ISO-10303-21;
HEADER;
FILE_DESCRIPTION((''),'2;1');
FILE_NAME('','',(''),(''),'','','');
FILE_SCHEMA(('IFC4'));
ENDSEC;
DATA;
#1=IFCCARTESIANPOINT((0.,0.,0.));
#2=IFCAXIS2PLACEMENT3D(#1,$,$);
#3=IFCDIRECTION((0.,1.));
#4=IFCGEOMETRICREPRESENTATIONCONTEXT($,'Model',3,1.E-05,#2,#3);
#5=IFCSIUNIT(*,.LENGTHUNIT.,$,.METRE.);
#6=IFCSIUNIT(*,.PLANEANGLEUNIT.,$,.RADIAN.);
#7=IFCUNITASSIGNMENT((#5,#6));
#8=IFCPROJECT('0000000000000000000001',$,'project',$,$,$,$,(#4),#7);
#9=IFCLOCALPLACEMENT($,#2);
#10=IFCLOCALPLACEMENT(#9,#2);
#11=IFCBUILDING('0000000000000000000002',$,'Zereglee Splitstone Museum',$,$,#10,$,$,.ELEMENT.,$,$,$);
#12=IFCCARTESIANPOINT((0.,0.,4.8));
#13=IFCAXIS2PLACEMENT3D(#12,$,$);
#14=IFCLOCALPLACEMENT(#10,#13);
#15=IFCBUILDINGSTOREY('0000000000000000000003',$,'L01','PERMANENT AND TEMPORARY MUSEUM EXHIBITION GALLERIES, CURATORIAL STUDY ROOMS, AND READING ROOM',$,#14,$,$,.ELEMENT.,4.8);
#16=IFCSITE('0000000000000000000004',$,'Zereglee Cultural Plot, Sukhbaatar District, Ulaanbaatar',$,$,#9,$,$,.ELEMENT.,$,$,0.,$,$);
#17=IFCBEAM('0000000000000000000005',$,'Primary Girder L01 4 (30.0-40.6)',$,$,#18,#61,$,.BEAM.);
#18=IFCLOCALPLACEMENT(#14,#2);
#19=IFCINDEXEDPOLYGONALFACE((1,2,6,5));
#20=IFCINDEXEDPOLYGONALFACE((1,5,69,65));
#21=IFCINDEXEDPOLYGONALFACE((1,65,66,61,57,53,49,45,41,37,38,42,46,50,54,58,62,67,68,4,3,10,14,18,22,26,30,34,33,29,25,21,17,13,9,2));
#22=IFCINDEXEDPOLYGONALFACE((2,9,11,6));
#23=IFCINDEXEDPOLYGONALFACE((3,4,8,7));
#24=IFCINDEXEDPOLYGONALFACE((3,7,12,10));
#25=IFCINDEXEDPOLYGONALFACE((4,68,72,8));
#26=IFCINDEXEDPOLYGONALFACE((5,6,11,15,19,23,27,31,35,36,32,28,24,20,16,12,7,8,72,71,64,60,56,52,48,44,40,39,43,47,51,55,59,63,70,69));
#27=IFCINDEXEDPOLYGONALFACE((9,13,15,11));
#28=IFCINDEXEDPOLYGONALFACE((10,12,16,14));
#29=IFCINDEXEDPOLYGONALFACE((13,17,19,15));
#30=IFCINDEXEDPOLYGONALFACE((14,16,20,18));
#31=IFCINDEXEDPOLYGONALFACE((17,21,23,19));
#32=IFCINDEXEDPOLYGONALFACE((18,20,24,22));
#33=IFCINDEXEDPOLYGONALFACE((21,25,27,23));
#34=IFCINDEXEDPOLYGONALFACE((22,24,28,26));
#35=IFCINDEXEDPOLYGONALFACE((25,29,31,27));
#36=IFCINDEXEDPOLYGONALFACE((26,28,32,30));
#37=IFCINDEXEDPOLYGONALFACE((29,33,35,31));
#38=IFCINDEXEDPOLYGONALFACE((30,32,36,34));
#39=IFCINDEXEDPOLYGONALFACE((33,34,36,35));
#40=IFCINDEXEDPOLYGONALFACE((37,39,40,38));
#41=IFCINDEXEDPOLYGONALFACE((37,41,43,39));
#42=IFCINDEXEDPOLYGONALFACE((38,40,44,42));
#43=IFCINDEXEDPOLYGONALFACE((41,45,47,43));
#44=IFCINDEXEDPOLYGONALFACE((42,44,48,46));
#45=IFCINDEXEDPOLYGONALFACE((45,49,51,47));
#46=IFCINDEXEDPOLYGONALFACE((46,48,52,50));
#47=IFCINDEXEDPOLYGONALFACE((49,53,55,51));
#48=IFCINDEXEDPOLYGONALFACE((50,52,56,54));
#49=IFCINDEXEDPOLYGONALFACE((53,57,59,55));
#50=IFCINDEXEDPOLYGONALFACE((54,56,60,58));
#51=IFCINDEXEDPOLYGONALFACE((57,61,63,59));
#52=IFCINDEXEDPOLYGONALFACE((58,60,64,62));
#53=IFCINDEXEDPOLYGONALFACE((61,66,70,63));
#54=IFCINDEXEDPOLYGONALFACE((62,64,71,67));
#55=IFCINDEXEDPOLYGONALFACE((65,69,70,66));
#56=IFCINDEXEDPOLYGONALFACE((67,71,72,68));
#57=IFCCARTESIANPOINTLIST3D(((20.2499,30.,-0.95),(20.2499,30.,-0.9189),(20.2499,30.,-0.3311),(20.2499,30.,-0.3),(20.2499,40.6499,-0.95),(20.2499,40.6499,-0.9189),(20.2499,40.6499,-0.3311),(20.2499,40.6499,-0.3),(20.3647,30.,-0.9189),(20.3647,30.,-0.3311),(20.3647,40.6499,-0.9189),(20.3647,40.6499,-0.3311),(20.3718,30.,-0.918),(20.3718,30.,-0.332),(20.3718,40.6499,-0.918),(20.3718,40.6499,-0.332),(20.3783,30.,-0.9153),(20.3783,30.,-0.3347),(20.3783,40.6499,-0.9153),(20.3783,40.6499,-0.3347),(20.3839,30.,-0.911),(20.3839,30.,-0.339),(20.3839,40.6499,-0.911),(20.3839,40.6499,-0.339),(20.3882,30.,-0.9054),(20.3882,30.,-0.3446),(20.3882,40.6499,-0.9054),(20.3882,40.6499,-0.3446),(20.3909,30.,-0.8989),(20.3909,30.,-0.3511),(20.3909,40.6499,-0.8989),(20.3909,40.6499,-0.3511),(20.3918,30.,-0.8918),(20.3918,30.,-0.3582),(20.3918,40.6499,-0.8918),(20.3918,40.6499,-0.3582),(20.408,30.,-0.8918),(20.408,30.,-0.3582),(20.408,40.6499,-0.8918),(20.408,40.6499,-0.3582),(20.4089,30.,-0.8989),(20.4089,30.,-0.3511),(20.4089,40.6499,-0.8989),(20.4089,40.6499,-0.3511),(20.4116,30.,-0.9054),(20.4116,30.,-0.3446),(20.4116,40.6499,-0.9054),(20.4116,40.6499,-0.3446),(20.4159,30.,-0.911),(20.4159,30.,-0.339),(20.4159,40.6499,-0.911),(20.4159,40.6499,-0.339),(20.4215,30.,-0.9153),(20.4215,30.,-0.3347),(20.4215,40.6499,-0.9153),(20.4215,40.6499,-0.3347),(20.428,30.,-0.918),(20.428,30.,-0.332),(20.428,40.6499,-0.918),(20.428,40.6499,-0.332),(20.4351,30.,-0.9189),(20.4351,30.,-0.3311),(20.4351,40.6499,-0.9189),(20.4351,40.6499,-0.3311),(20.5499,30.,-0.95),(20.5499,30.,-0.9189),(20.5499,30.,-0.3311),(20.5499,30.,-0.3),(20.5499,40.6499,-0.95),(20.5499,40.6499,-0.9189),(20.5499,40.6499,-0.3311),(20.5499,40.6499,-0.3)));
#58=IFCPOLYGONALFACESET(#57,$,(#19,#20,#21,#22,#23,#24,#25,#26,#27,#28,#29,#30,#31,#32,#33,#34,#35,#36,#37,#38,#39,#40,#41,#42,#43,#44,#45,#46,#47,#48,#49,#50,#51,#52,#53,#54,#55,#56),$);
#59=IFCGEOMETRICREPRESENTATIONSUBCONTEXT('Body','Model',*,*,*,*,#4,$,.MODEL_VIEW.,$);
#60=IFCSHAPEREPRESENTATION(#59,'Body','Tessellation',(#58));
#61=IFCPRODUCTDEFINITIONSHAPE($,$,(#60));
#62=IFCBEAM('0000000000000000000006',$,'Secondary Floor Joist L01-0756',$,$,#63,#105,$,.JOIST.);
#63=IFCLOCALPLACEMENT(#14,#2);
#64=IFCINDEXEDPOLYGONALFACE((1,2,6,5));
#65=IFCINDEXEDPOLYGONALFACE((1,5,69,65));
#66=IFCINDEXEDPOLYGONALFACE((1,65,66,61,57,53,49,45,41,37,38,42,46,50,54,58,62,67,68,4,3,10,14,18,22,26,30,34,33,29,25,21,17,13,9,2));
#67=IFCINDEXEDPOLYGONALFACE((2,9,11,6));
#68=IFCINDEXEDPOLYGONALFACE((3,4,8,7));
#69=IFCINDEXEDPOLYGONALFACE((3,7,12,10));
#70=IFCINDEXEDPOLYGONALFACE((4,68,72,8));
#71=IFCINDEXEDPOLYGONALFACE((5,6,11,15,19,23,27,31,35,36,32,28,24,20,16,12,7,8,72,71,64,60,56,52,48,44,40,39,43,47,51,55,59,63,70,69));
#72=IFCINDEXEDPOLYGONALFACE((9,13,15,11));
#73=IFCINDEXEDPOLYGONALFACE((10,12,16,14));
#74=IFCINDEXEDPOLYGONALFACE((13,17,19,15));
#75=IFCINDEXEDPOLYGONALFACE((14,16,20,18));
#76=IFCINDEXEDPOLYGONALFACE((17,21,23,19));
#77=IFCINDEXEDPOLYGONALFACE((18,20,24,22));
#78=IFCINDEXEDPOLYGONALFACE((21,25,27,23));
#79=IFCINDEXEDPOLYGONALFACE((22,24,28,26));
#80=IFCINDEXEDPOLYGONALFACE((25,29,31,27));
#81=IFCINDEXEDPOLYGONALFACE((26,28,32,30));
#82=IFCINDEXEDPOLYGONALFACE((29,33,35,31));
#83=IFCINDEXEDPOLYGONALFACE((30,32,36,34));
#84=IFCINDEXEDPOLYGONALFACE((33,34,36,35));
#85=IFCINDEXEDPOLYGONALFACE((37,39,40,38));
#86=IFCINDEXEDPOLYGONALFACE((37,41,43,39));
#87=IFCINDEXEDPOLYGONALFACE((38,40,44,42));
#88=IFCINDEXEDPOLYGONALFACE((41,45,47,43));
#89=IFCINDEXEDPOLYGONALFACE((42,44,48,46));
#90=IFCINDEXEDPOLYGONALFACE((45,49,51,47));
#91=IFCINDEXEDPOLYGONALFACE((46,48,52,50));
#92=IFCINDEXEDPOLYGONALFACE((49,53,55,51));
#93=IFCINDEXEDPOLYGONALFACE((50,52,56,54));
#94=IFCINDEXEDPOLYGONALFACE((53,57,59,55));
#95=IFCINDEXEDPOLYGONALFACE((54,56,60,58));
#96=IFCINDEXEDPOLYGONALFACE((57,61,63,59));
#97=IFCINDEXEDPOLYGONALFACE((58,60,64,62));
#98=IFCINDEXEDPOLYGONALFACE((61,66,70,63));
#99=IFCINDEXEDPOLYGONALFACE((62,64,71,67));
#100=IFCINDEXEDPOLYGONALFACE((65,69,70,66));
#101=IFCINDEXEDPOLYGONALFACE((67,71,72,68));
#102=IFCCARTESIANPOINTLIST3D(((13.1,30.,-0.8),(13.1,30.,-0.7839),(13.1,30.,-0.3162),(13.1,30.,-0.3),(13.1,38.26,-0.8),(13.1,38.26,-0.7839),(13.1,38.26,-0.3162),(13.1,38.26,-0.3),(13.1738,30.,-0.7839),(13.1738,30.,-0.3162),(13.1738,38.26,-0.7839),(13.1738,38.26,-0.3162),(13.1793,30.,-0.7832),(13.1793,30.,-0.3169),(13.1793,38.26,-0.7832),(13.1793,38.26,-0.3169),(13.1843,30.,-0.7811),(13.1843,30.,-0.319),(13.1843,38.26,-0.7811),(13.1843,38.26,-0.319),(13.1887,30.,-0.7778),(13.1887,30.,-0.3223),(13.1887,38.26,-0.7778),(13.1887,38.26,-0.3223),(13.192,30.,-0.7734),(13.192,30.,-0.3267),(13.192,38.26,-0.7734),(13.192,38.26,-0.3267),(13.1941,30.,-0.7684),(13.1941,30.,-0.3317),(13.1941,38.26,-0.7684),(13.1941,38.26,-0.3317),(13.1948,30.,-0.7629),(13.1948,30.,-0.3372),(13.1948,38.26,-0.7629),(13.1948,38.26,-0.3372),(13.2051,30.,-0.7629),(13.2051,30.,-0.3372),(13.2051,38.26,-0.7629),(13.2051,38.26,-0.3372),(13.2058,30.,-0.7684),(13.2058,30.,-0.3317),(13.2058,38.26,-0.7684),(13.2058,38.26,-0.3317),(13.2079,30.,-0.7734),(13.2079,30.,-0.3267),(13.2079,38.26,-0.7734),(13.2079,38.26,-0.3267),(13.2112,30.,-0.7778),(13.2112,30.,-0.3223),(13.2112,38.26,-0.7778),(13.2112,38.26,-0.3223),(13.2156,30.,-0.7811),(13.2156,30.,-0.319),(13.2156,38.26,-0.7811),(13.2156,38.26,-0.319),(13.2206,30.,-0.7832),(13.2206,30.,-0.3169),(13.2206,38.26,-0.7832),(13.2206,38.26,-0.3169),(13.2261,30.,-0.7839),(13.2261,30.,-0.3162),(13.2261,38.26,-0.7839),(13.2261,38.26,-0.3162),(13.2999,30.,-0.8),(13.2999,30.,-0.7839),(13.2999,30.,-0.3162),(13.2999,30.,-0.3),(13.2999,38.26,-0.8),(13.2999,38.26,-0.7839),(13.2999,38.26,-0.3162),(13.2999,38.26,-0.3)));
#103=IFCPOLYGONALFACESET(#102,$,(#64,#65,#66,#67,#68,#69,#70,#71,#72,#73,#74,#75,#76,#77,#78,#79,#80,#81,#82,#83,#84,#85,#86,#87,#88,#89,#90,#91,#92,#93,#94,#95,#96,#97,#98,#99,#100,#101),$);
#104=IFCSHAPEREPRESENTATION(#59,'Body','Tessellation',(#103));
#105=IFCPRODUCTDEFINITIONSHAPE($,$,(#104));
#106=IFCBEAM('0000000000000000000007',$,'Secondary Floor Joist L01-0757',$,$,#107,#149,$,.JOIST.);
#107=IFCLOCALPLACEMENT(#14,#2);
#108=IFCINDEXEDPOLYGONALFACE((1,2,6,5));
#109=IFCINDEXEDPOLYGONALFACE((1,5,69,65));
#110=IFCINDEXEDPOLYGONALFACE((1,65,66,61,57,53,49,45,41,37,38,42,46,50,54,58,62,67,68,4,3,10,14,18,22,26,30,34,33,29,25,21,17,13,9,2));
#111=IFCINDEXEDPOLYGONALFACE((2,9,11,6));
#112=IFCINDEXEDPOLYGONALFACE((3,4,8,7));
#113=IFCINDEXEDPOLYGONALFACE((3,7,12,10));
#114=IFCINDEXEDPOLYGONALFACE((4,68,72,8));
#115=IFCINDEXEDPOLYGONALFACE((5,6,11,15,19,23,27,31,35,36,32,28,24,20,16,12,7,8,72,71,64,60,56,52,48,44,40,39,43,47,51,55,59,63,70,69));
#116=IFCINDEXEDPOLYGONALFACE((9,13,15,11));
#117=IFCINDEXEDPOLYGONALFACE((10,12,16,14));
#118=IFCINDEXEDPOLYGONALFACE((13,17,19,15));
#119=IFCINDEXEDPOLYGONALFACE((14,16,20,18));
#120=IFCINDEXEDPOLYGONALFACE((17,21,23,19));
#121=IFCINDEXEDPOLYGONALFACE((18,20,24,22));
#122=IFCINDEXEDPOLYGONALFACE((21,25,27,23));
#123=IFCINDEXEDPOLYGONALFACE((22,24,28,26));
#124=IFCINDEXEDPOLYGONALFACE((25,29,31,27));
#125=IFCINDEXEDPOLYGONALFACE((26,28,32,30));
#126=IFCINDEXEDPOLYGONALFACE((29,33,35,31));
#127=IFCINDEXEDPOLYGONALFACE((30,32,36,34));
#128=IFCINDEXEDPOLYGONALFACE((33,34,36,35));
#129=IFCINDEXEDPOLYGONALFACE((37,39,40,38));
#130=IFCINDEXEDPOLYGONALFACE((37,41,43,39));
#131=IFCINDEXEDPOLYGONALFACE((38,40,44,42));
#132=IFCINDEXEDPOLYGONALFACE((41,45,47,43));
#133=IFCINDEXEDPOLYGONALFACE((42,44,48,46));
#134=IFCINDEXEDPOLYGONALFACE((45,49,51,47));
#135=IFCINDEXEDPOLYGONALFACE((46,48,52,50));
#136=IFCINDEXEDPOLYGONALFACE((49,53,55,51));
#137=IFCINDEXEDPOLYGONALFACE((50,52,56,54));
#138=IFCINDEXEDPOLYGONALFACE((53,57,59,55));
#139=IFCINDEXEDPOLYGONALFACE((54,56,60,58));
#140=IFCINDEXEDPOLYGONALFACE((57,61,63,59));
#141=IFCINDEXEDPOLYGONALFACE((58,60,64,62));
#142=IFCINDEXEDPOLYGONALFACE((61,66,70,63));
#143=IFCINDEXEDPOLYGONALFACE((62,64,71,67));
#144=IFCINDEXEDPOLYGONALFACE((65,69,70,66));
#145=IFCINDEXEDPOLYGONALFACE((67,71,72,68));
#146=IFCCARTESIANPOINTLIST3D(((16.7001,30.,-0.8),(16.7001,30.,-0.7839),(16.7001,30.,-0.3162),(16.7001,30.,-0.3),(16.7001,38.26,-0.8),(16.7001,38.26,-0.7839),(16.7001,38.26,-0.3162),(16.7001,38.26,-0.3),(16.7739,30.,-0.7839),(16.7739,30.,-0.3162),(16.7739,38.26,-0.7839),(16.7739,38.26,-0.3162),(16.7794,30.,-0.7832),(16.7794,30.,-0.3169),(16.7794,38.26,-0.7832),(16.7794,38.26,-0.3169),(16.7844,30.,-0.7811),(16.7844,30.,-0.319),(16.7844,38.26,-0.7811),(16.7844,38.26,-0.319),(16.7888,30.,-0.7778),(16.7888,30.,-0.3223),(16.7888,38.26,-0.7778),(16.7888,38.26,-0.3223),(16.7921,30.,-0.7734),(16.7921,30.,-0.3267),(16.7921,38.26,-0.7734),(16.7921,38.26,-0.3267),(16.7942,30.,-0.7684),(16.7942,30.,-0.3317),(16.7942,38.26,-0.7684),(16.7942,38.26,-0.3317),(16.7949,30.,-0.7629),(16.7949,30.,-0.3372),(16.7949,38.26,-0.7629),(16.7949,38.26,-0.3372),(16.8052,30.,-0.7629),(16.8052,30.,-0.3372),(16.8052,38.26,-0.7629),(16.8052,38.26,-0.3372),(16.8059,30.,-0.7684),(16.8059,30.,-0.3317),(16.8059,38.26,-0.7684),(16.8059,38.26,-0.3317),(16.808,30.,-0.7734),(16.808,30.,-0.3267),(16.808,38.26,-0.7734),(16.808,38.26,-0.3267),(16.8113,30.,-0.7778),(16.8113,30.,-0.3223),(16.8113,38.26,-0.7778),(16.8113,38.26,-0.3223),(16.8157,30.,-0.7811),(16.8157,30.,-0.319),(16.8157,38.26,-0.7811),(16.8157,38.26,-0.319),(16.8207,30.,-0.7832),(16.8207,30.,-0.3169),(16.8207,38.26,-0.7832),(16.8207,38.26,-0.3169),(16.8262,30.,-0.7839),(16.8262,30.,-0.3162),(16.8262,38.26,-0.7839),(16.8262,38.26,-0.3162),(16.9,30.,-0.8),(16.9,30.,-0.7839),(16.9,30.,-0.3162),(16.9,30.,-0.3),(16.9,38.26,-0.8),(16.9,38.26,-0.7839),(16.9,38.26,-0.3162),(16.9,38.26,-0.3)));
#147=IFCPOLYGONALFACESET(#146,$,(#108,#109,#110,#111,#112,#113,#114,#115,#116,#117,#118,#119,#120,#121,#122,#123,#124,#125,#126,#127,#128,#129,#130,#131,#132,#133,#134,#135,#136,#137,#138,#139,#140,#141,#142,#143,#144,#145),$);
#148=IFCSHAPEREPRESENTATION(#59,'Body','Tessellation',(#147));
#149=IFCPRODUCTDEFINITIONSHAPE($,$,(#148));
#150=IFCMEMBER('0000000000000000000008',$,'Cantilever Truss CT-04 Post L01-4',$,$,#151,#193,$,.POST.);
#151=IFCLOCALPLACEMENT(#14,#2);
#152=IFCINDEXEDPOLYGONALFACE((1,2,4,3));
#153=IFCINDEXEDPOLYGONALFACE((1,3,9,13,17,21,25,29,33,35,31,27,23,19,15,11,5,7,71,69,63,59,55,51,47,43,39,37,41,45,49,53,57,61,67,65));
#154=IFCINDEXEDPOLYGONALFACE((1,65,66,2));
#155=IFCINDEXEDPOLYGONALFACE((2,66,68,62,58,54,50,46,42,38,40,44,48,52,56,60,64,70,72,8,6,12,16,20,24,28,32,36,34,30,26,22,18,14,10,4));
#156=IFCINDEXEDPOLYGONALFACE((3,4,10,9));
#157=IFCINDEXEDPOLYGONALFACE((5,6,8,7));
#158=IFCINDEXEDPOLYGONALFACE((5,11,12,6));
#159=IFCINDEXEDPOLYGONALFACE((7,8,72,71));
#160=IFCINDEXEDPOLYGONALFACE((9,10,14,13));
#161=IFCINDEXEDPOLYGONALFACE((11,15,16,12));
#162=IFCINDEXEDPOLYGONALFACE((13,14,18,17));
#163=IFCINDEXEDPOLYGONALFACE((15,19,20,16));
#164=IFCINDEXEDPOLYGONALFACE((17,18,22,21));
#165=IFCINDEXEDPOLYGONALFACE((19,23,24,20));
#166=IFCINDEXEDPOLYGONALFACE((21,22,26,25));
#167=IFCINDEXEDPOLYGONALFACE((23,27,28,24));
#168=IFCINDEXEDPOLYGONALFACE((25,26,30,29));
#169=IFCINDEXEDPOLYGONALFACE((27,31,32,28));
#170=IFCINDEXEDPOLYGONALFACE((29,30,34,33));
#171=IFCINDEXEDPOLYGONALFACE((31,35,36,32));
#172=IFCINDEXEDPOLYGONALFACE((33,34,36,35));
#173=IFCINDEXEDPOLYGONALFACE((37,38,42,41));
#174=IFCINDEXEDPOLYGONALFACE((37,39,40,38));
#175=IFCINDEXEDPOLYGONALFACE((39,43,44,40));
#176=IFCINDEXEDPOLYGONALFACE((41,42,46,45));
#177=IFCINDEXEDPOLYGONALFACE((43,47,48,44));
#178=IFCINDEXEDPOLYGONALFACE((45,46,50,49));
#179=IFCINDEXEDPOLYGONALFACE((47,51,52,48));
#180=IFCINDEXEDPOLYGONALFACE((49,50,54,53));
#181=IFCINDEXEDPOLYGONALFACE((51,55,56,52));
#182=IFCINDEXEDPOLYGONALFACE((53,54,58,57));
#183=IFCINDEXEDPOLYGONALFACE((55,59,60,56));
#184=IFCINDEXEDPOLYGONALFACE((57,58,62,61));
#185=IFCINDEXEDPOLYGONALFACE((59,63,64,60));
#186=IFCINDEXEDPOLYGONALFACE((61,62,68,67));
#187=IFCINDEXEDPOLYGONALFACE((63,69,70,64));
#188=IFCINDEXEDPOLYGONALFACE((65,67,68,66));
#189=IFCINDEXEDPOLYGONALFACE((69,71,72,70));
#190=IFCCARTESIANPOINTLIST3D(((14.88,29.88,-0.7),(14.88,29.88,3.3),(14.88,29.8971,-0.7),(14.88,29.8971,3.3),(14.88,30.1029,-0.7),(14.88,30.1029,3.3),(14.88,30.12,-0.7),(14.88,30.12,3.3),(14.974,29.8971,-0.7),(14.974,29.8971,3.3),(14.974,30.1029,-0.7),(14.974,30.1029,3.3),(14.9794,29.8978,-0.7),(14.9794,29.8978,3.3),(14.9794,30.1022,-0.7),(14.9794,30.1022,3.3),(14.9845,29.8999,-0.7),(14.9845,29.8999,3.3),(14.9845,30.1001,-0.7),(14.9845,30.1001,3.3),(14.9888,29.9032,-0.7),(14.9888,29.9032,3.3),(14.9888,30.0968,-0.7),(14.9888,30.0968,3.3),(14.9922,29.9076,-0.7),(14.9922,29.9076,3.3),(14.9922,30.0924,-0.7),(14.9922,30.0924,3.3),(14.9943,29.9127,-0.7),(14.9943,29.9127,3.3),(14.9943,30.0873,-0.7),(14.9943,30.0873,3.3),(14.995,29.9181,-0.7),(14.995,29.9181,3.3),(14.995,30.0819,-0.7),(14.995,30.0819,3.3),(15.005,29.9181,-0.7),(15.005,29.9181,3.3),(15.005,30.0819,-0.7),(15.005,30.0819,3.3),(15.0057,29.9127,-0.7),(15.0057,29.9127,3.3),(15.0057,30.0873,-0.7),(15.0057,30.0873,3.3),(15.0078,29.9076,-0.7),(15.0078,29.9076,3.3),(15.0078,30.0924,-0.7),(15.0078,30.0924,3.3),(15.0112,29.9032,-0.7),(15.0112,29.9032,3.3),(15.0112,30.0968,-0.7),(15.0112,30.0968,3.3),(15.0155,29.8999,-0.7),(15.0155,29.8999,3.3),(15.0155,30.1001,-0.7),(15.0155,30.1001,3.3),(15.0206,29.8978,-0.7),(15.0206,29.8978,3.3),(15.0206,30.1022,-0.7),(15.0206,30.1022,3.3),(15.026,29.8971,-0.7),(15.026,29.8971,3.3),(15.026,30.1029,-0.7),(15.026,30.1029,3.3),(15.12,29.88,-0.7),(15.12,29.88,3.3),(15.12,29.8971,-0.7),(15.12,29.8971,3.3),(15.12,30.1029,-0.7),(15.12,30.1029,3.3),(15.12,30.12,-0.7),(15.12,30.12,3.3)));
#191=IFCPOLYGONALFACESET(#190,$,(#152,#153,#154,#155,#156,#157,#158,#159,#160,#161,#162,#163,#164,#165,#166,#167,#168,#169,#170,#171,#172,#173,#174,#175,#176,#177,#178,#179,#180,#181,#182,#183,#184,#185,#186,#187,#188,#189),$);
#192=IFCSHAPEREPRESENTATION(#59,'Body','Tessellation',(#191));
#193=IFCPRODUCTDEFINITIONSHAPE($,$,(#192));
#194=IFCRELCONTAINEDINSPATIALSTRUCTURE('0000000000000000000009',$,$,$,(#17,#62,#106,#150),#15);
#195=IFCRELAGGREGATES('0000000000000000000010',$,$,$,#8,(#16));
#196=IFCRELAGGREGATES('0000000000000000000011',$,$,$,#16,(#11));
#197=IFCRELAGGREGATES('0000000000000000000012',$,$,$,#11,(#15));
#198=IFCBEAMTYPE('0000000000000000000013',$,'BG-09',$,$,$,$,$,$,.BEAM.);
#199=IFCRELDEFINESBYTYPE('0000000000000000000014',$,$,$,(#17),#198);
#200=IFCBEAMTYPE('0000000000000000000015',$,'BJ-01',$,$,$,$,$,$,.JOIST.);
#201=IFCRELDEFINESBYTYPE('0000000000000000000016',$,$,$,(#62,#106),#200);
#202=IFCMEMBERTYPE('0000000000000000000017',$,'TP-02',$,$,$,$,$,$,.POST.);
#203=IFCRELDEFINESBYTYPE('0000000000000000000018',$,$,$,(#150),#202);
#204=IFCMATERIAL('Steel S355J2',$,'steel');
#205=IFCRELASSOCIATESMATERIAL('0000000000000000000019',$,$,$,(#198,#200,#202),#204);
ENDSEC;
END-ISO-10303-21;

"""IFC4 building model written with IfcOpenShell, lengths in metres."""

from ifc_helpers import new_model, si_unit, direction, frame, origin, origin_2d, place, context, subcontext, project, spatial, i_section, extrude, material, material_profile, profile_set, type_object, element, save


model = new_model("IFC4")

# Units and contexts
model_context = context("Model", 3, precision=1e-05, world=origin(), true_north=direction((0.0, 1.0)))
body_context = subcontext(model_context, "Body", "Model", "MODEL_VIEW")
ifc_project = project(units=[si_unit("LENGTHUNIT", "METRE"), si_unit("PLANEANGLEUNIT", "RADIAN")], contexts=[model_context])

# Site, building, storey
site_placement = place(None, origin())
site = spatial("IfcSite", under=ifc_project, at=site_placement, Name="Zereglee Cultural Plot, Sukhbaatar District, Ulaanbaatar", CompositionType="ELEMENT", RefElevation=0.0)
building_placement = place(site_placement, origin())
building = spatial("IfcBuilding", under=site, at=building_placement, Name="Zereglee Splitstone Museum", CompositionType="ELEMENT")
storey_placement = place(building_placement, frame((0.0, 0.0, 4.8)))
storey = spatial("IfcBuildingStorey", under=building, at=storey_placement, Name="L01", Description="PERMANENT AND TEMPORARY MUSEUM EXHIBITION GALLERIES, CURATORIAL STUDY ROOMS, AND READING ROOM", CompositionType="ELEMENT", Elevation=4.8)

# Shared definitions
ifc_material_1 = material(Name="Steel S355J2", Category="steel")

# Beams
ifc_material_profile_1 = material_profile(ifc_material_1, i_section(OverallWidth=0.3, OverallDepth=0.6499, WebThickness=0.0161, FlangeThickness=0.031, FilletRadius=0.0271, at=origin_2d()), Name="HE 650 B")
ifc_profile_set_1 = profile_set([ifc_material_profile_1], Name="Steel S355J2")
beam_type_1 = type_object("IfcBeamType", Name="BG-09", PredefinedType="BEAM", material=ifc_profile_set_1)
beam_1_placement = place(storey_placement, frame((20.3999, 30.0, -0.625), z_axis=(0.0, 1.0, 0.0), x_axis=(-1.0, 0.0, 0.0)))
element("IfcBeam", 1, at=beam_1_placement, inside=storey, type_object=beam_type_1, Name="Primary Girder L01 4 (30.0-40.6)", PredefinedType="BEAM", context=body_context, shape_type="SweptSolid", body=[
    extrude(i_section(OverallWidth=0.3, OverallDepth=0.6499, WebThickness=0.0161, FlangeThickness=0.031, FilletRadius=0.0271, at=origin_2d()), origin(), (0.0, 0.0, 1.0), 10.6499),
])
ifc_material_profile_2 = material_profile(ifc_material_1, i_section(OverallWidth=0.2, OverallDepth=0.5, WebThickness=0.0103, FlangeThickness=0.0161, FilletRadius=0.021, at=origin_2d()), Name="IPE 500")
ifc_profile_set_2 = profile_set([ifc_material_profile_2], Name="Steel S355J2")
beam_type_2 = type_object("IfcBeamType", Name="BJ-01", PredefinedType="JOIST", material=ifc_profile_set_2)
for number, where, z_axis, x_axis, name in (
    (2, (13.2, 30.0, -0.55), (0.0, 1.0, 0.0), (-1.0, 0.0, 0.0), "Secondary Floor Joist L01-0756"),
    (3, (16.8, 30.0, -0.55), (0.0, 1.0, 0.0), (-1.0, 0.0, 0.0), "Secondary Floor Joist L01-0757"),
):
    element("IfcBeam", number, at=place(storey_placement, frame(where, z_axis=z_axis, x_axis=x_axis)), inside=storey, type_object=beam_type_2, Name=name, PredefinedType="JOIST", context=body_context, shape_type="SweptSolid", body=[
        extrude(i_section(OverallWidth=0.2, OverallDepth=0.5, WebThickness=0.0103, FlangeThickness=0.0161, FilletRadius=0.021, at=origin_2d()), origin(), (0.0, 0.0, 1.0), 8.26),
    ])

# Member
ifc_material_profile_3 = material_profile(ifc_material_1, i_section(OverallWidth=0.24, OverallDepth=0.24, WebThickness=0.01, FlangeThickness=0.0171, FilletRadius=0.021, at=origin_2d()), Name="HE 240 B")
ifc_profile_set_3 = profile_set([ifc_material_profile_3], Name="Steel S355J2")
member_type_1 = type_object("IfcMemberType", Name="TP-02", PredefinedType="POST", material=ifc_profile_set_3)
member_1_placement = place(storey_placement, frame((15.0, 30.0, -0.7), z_axis=(0.0, 0.0, 1.0), x_axis=(1.0, 0.0, 0.0)))
element("IfcMember", 4, at=member_1_placement, inside=storey, type_object=member_type_1, Name="Cantilever Truss CT-04 Post L01-4", PredefinedType="POST", context=body_context, shape_type="SweptSolid", body=[
    extrude(i_section(OverallWidth=0.24, OverallDepth=0.24, WebThickness=0.01, FlangeThickness=0.0171, FilletRadius=0.021, at=origin_2d()), origin(), (0.0, 0.0, 1.0), 4.0),
])

save(model, "model.ifc")
